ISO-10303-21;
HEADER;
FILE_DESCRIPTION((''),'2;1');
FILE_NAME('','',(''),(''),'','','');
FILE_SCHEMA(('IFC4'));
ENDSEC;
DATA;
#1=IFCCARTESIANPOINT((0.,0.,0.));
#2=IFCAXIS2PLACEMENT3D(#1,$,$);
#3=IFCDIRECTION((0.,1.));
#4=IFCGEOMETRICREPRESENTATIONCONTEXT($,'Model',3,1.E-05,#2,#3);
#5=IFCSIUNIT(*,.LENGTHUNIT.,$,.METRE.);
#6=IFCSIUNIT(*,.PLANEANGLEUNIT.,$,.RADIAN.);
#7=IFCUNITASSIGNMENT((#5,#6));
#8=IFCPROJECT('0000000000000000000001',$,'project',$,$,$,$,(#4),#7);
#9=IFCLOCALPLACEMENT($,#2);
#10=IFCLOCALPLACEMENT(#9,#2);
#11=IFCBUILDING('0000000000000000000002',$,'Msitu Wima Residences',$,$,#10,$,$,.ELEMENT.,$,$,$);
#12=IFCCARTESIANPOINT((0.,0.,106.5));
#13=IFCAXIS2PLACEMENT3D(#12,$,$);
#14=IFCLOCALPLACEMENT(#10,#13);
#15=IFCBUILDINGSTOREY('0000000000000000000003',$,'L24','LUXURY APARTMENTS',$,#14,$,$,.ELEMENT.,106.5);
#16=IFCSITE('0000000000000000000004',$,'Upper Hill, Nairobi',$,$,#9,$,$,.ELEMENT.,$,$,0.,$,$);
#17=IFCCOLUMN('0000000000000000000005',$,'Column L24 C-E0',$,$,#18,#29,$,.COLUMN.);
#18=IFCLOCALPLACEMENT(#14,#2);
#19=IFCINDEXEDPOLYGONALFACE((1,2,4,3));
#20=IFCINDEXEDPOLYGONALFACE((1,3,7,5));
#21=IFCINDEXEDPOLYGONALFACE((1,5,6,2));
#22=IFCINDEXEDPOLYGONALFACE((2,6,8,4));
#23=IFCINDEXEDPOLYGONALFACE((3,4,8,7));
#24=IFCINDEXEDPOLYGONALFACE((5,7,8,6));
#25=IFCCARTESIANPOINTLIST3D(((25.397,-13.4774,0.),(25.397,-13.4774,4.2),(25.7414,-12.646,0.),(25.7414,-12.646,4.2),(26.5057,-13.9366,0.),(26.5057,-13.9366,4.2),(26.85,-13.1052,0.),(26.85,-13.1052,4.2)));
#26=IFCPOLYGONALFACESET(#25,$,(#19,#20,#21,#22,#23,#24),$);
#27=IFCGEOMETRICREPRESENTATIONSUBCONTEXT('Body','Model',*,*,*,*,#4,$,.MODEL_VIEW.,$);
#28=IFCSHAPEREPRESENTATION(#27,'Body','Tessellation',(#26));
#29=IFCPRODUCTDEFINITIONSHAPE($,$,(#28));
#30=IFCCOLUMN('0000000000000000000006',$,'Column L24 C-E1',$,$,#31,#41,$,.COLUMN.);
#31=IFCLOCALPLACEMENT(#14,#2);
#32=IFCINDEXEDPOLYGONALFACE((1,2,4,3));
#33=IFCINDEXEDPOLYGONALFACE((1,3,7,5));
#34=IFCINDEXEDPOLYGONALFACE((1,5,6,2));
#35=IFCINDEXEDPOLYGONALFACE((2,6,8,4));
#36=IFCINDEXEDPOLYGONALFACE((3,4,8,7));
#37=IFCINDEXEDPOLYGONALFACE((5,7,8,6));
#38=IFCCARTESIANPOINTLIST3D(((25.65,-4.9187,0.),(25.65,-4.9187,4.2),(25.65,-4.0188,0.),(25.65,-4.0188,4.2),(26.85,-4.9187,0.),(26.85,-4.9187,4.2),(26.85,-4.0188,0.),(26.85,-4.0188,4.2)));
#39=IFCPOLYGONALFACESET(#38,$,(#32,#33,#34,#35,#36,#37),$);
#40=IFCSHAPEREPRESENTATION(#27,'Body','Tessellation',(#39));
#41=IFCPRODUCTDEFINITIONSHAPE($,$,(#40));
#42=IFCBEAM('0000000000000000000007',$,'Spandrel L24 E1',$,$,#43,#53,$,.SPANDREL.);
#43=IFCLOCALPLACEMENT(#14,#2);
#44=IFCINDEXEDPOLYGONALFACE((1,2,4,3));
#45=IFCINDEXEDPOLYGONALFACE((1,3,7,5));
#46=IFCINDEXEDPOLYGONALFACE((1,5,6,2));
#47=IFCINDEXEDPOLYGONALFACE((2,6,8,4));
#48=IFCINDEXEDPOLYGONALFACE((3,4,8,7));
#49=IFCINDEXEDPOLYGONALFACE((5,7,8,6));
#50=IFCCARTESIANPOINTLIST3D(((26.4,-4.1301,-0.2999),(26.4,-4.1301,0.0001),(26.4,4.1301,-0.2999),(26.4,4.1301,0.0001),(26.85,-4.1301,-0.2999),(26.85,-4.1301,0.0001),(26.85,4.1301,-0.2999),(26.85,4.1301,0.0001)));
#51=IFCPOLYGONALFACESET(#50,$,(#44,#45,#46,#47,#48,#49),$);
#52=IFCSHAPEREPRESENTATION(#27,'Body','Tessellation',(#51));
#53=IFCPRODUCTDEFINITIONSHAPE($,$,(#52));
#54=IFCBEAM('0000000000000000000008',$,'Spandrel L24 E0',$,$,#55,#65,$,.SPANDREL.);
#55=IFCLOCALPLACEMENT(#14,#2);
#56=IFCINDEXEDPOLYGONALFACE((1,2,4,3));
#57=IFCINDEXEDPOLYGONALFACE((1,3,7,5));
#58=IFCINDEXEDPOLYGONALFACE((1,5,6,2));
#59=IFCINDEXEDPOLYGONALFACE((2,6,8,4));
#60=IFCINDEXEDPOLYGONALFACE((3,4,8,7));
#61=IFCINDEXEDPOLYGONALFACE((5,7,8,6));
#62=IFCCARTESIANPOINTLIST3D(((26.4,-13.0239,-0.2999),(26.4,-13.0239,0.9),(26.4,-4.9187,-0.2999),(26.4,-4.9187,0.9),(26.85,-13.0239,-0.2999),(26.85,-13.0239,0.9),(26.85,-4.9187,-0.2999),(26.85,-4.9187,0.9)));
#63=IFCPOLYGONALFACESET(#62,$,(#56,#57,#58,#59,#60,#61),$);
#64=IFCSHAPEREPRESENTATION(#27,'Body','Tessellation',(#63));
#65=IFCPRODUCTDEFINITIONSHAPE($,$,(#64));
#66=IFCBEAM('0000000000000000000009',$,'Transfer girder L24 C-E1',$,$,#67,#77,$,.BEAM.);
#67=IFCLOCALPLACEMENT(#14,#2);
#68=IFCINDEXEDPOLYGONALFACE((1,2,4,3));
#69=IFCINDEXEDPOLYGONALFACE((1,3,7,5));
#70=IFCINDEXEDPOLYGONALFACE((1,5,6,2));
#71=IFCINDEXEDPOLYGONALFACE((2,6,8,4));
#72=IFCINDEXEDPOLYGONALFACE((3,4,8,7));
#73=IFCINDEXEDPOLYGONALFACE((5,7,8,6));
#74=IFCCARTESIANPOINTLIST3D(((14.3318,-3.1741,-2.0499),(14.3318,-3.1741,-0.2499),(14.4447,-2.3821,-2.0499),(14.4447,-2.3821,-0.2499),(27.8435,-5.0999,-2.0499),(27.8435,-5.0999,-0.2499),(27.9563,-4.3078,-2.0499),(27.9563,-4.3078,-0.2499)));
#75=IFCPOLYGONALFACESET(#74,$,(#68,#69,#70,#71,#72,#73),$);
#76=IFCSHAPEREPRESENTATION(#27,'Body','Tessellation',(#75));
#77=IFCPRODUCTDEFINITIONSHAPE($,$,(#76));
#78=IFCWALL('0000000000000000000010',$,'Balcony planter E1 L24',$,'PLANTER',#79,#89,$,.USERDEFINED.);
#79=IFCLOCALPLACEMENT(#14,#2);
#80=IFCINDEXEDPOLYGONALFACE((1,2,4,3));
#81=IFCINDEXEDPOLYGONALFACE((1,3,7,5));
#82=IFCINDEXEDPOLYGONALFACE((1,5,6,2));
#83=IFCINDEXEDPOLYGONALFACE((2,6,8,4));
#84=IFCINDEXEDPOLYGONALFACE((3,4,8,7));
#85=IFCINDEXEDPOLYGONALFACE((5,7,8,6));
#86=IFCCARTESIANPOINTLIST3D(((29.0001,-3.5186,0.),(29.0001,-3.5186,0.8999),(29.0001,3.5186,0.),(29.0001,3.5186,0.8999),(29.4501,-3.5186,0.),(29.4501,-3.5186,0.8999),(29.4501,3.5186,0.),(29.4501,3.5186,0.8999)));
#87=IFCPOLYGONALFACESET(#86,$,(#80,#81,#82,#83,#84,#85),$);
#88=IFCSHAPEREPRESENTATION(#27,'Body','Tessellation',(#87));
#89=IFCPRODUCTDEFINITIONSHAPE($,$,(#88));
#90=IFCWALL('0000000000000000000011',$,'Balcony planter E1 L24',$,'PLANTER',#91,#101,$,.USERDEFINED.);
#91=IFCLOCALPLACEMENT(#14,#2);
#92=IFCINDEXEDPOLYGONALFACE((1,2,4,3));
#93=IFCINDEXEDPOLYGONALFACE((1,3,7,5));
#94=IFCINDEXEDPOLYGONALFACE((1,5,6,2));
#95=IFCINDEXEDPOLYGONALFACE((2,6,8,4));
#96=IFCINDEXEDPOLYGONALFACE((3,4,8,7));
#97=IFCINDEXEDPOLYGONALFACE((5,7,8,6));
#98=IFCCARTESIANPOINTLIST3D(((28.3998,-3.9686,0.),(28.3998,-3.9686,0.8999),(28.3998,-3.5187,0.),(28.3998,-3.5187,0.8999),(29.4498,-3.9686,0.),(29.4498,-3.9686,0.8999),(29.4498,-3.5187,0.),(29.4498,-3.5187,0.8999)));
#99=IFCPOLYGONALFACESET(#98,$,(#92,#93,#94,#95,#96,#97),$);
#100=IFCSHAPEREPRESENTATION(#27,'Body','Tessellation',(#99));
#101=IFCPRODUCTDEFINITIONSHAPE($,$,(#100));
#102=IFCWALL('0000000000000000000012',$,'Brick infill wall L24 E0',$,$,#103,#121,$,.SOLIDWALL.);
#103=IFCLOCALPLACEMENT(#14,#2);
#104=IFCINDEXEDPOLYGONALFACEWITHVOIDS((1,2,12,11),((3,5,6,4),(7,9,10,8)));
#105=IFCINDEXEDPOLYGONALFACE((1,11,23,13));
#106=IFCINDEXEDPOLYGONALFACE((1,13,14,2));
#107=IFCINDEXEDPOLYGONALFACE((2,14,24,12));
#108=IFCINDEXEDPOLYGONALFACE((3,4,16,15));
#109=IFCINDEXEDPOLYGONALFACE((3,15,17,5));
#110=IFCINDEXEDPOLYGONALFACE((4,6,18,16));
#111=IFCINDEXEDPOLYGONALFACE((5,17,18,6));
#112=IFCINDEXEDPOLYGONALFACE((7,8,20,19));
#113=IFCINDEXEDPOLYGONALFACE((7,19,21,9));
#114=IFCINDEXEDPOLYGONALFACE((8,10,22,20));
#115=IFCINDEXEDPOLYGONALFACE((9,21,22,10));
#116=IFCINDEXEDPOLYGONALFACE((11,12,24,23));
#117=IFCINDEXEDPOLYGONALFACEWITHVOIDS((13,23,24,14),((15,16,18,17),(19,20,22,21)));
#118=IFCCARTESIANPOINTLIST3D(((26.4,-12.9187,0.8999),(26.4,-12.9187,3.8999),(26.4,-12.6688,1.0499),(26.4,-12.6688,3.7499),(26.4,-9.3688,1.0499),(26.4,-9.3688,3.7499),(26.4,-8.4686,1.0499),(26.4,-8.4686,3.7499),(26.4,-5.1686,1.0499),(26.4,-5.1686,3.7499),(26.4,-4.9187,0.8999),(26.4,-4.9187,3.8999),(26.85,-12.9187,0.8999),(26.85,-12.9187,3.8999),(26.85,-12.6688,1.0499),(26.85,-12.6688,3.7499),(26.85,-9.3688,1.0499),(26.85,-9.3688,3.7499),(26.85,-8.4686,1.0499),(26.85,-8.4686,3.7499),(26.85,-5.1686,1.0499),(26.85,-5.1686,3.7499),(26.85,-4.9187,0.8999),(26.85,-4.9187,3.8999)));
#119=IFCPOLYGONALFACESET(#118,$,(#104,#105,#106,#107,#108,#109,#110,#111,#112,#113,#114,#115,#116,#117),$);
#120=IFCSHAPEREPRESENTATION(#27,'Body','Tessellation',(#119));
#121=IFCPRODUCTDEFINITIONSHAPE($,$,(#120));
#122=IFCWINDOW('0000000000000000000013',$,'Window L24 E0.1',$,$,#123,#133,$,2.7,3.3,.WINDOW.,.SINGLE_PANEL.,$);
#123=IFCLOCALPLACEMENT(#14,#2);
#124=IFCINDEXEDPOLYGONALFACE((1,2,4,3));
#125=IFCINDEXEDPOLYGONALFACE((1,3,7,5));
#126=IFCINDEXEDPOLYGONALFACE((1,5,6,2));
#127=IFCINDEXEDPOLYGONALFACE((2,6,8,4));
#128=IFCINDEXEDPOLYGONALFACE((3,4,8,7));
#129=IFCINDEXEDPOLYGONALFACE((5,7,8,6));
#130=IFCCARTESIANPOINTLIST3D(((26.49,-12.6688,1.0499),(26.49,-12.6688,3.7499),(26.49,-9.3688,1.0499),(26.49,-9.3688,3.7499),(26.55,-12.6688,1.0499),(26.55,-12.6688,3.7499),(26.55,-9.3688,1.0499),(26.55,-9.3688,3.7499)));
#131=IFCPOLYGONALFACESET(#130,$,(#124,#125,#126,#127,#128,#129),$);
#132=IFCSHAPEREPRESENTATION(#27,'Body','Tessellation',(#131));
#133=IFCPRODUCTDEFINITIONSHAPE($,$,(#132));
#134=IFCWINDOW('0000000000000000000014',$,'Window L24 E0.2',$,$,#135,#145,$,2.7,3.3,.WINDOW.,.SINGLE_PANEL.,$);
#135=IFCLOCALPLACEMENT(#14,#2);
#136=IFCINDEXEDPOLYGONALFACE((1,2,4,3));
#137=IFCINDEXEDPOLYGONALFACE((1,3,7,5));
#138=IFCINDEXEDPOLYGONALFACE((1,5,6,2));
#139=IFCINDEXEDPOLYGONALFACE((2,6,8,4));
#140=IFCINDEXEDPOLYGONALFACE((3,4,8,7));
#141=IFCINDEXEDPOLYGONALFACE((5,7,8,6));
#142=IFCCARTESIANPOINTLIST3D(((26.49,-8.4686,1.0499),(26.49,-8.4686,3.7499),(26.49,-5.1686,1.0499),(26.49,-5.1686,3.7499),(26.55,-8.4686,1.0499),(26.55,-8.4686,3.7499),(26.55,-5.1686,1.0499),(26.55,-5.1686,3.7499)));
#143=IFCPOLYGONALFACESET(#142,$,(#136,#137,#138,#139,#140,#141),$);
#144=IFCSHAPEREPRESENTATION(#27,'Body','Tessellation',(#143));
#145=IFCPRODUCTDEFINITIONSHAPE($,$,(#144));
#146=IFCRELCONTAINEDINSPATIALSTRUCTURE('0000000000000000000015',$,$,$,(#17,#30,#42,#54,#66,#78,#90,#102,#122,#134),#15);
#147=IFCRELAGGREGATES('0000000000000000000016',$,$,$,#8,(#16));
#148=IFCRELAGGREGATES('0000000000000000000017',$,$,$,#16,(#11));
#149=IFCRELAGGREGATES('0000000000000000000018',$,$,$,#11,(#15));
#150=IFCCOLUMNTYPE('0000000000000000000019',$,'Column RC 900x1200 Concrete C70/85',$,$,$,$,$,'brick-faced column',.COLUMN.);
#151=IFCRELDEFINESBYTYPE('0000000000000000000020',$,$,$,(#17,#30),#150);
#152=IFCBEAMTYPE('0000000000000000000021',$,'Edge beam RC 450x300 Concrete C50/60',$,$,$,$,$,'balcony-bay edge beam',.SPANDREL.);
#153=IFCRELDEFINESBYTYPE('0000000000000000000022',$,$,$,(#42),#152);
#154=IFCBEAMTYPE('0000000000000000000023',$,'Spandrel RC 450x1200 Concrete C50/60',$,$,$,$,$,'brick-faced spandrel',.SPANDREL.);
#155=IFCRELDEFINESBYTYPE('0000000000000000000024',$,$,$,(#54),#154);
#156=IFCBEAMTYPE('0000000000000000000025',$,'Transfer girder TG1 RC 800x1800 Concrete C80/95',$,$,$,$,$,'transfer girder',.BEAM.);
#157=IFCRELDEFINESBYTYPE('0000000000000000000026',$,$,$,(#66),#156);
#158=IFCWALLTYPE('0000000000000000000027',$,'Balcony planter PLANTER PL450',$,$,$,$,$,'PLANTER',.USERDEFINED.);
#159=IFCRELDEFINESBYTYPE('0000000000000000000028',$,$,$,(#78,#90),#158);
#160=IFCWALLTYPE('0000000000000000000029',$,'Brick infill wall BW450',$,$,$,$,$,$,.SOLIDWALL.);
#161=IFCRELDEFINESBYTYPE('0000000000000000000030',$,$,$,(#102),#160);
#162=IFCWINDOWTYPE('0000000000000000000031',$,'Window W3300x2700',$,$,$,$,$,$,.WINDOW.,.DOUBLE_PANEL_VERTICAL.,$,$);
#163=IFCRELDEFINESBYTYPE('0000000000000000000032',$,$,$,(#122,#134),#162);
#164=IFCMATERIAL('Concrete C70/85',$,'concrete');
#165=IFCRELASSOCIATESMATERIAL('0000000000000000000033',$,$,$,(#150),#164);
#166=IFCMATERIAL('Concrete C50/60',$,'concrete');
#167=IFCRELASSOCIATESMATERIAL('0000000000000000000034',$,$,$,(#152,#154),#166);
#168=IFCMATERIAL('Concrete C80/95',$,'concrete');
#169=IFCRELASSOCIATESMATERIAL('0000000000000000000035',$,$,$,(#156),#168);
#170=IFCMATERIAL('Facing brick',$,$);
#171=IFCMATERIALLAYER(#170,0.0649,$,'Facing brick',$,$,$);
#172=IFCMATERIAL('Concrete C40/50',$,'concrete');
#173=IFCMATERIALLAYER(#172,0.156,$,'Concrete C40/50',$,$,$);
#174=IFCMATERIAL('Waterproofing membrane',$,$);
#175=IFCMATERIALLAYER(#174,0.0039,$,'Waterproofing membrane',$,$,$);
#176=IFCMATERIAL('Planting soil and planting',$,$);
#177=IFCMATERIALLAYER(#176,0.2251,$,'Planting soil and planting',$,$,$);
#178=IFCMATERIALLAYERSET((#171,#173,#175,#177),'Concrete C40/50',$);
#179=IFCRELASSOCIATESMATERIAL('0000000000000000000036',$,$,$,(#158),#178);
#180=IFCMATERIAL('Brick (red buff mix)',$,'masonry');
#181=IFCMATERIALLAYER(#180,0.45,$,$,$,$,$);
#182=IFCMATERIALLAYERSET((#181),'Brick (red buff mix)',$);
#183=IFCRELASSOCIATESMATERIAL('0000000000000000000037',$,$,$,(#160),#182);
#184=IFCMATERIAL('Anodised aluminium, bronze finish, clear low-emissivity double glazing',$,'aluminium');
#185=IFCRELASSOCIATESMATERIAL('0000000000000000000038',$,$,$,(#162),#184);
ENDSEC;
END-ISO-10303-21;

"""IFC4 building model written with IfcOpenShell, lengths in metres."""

from ifc_helpers import new_model, si_unit, direction, frame, frame_2d, origin, origin_2d, place, context, subcontext, project, spatial, rectangle, extrude, material, layer, layer_set, material_profile, profile_set, type_object, element, fill, save


model = new_model("IFC4")

# Units and contexts
model_context = context("Model", 3, precision=1e-05, world=origin(), true_north=direction((0.0, 1.0)))
body_context = subcontext(model_context, "Body", "Model", "MODEL_VIEW")
ifc_project = project(units=[si_unit("LENGTHUNIT", "METRE"), si_unit("PLANEANGLEUNIT", "RADIAN")], contexts=[model_context])

# Site, building, storey
site_placement = place(None, origin())
site = spatial("IfcSite", under=ifc_project, at=site_placement, Name="Upper Hill, Nairobi", CompositionType="ELEMENT", RefElevation=0.0)
building_placement = place(site_placement, origin())
building = spatial("IfcBuilding", under=site, at=building_placement, Name="Msitu Wima Residences", CompositionType="ELEMENT")
storey_placement = place(building_placement, frame((0.0, 0.0, 106.5)))
storey = spatial("IfcBuildingStorey", under=building, at=storey_placement, Name="L24", Description="LUXURY APARTMENTS", CompositionType="ELEMENT", Elevation=106.5)

# Columns
ifc_material_1 = material(Name="Concrete C70/85", Category="concrete")
ifc_material_profile_1 = material_profile(ifc_material_1, rectangle(XDim=0.8999, YDim=1.2, at=origin_2d()), Name="RC 900x1200")
ifc_profile_set_1 = profile_set([ifc_material_profile_1], Name="Concrete C70/85")
column_type = type_object("IfcColumnType", Name="Column RC 900x1200 Concrete C70/85", ElementType="brick-faced column", PredefinedType="COLUMN", material=ifc_profile_set_1)
for number, where, z_axis, x_axis, name in (
    (1, (26.1235, -13.2913, 0.0), (0.0, 0.0, 1.0), (0.382683, 0.92388, 0.0), "Column L24 C-E0"),
    (2, (26.25, -4.4688, 0.0), (0.0, 0.0, 1.0), (0.0, 1.0, 0.0), "Column L24 C-E1"),
):
    element("IfcColumn", number, at=place(storey_placement, frame(where, z_axis=z_axis, x_axis=x_axis)), inside=storey, type_object=column_type, Name=name, PredefinedType="COLUMN", context=body_context, shape_type="SweptSolid", body=[
        extrude(rectangle(XDim=0.8999, YDim=1.2, at=origin_2d()), origin(), (0.0, 0.0, 1.0), 4.2),
    ])

# Beams
ifc_material_2 = material(Name="Concrete C50/60", Category="concrete")
ifc_material_profile_2 = material_profile(ifc_material_2, rectangle(XDim=0.45, YDim=0.3, at=origin_2d()), Name="RC 450x300")
ifc_profile_set_2 = profile_set([ifc_material_profile_2], Name="Concrete C50/60")
beam_type_1 = type_object("IfcBeamType", Name="Edge beam RC 450x300 Concrete C50/60", ElementType="balcony-bay edge beam", PredefinedType="SPANDREL", material=ifc_profile_set_2)
beam_1_placement = place(storey_placement, frame((26.625, -4.1301, -0.1499), z_axis=(0.0, 1.0, 0.0), x_axis=(-1.0, 0.0, 0.0)))
element("IfcBeam", 3, at=beam_1_placement, inside=storey, type_object=beam_type_1, Name="Spandrel L24 E1", PredefinedType="SPANDREL", context=body_context, shape_type="SweptSolid", body=[
    extrude(rectangle(XDim=0.45, YDim=0.3, at=origin_2d()), origin(), (0.0, 0.0, 1.0), 8.2603),
])
ifc_material_profile_3 = material_profile(ifc_material_2, rectangle(XDim=0.45, YDim=1.2, at=origin_2d()), Name="RC 450x1200")
ifc_profile_set_3 = profile_set([ifc_material_profile_3], Name="Concrete C50/60")
beam_type_2 = type_object("IfcBeamType", Name="Spandrel RC 450x1200 Concrete C50/60", ElementType="brick-faced spandrel", PredefinedType="SPANDREL", material=ifc_profile_set_3)
beam_2_placement = place(storey_placement, frame((26.625, -13.0239, 0.3), z_axis=(0.0, 1.0, 0.0), x_axis=(-1.0, 0.0, 0.0)))
element("IfcBeam", 4, at=beam_2_placement, inside=storey, type_object=beam_type_2, Name="Spandrel L24 E0", PredefinedType="SPANDREL", context=body_context, shape_type="SweptSolid", body=[
    extrude(rectangle(XDim=0.45, YDim=1.2, at=origin_2d()), origin(), (0.0, 0.0, 1.0), 8.1052),
])
ifc_material_3 = material(Name="Concrete C80/95", Category="concrete")
ifc_material_profile_4 = material_profile(ifc_material_3, rectangle(XDim=0.8, YDim=1.8, at=origin_2d()), Name="RC 800x1800")
ifc_profile_set_4 = profile_set([ifc_material_profile_4], Name="Concrete C80/95")
beam_type_3 = type_object("IfcBeamType", Name="Transfer girder TG1 RC 800x1800 Concrete C80/95", ElementType="transfer girder", PredefinedType="BEAM", material=ifc_profile_set_4)
beam_3_placement = place(storey_placement, frame((27.8999, -4.7039, -1.1499), z_axis=(-0.989995, 0.141101, 0.0), x_axis=(-0.141101, -0.989995, 0.0)))
element("IfcBeam", 5, at=beam_3_placement, inside=storey, type_object=beam_type_3, Name="Transfer girder L24 C-E1", PredefinedType="BEAM", context=body_context, shape_type="SweptSolid", body=[
    extrude(rectangle(XDim=0.8, YDim=1.8, at=origin_2d()), origin(), (0.0, 0.0, 1.0), 13.6482),
])

# Walls
ifc_material_4 = material(Name="Facing brick")
ifc_layer_1 = layer(ifc_material_4, 0.0649, Name="Facing brick")
ifc_material_5 = material(Name="Concrete C40/50", Category="concrete")
ifc_layer_2 = layer(ifc_material_5, 0.156, Name="Concrete C40/50")
ifc_material_6 = material(Name="Waterproofing membrane")
ifc_layer_3 = layer(ifc_material_6, 0.0039, Name="Waterproofing membrane")
ifc_material_7 = material(Name="Planting soil and planting")
ifc_layer_4 = layer(ifc_material_7, 0.2251, Name="Planting soil and planting")
ifc_layer_set_1 = layer_set([ifc_layer_1, ifc_layer_2, ifc_layer_3, ifc_layer_4], Name="Concrete C40/50")
wall_type_1 = type_object("IfcWallType", Name="Balcony planter PLANTER PL450", ElementType="PLANTER", PredefinedType="USERDEFINED", material=ifc_layer_set_1)
wall_1_placement = place(storey_placement, frame((29.2251, -3.5186, 0.0), z_axis=(0.0, 0.0, 1.0), x_axis=(0.0, 1.0, 0.0)))
element("IfcWall", 6, at=wall_1_placement, inside=storey, type_object=wall_type_1, Name="Balcony planter E1 L24", ObjectType="PLANTER", PredefinedType="USERDEFINED", context=body_context, shape_type="SweptSolid", body=[
    extrude(rectangle(XDim=7.0371, YDim=0.45, at=frame_2d((3.5186, 0.0))), origin(), (0.0, 0.0, 1.0), 0.8999),
])
wall_2_placement = place(storey_placement, frame((28.3999, -3.7437, 0.0), z_axis=(0.0, 0.0, 1.0), x_axis=(1.0, 0.0, 0.0)))
element("IfcWall", 7, at=wall_2_placement, inside=storey, type_object=wall_type_1, Name="Balcony planter E1 L24", ObjectType="PLANTER", PredefinedType="USERDEFINED", context=body_context, shape_type="SweptSolid", body=[
    extrude(rectangle(XDim=1.05, YDim=0.45, at=frame_2d((0.5249, 0.0))), origin(), (0.0, 0.0, 1.0), 0.8999),
])

# Wall, openings, windows
ifc_material_8 = material(Name="Brick (red buff mix)", Category="masonry")
ifc_layer_5 = layer(ifc_material_8, 0.45)
ifc_layer_set_2 = layer_set([ifc_layer_5], Name="Brick (red buff mix)")
wall_type_2 = type_object("IfcWallType", Name="Brick infill wall BW450", PredefinedType="SOLIDWALL", material=ifc_layer_set_2)
wall_3_placement = place(storey_placement, frame((26.625, -12.9187, 0.8999), z_axis=(0.0, 0.0, 1.0), x_axis=(0.0, 1.0, 0.0)))
wall_3 = element("IfcWall", 8, at=wall_3_placement, inside=storey, type_object=wall_type_2, Name="Brick infill wall L24 E0", PredefinedType="SOLIDWALL", context=body_context, shape_type="SweptSolid", body=[
    extrude(rectangle(XDim=8.0, YDim=0.45, at=frame_2d((4.0, 0.0))), origin(), (0.0, 0.0, 1.0), 3.0),
])
opening_1_placement = place(wall_3_placement, frame((0.25, 0.0, 0.1499)))
opening_1 = element("IfcOpeningElement", 9, at=opening_1_placement, cuts=wall_3, PredefinedType="OPENING", context=body_context, shape_type="SweptSolid", body=[
    extrude(rectangle(XDim=3.3, YDim=2.7, at=frame_2d((1.6499, 1.3501))), frame((0.0, 0.2349, 0.0), z_axis=(0.0, -1.0, 0.0), x_axis=(1.0, 0.0, 0.0)), (0.0, 0.0, 1.0), 0.47),
])
opening_2_placement = place(wall_3_placement, frame((4.4502, 0.0, 0.1499)))
opening_2 = element("IfcOpeningElement", 10, at=opening_2_placement, cuts=wall_3, PredefinedType="OPENING", context=body_context, shape_type="SweptSolid", body=[
    extrude(rectangle(XDim=3.3, YDim=2.7, at=frame_2d((1.6499, 1.3501))), frame((0.0, 0.2349, 0.0), z_axis=(0.0, -1.0, 0.0), x_axis=(1.0, 0.0, 0.0)), (0.0, 0.0, 1.0), 0.47),
])
ifc_material_9 = material(Name="Anodised aluminium, bronze finish, clear low-emissivity double glazing", Category="aluminium")
window_type = type_object("IfcWindowType", Name="Window W3300x2700", PartitioningType="DOUBLE_PANEL_VERTICAL", PredefinedType="WINDOW", material=ifc_material_9)
window_1_placement = place(opening_1_placement, origin())
window_1 = element("IfcWindow", 11, at=window_1_placement, inside=storey, type_object=window_type, Name="Window L24 E0.1", OverallHeight=2.7, OverallWidth=3.3, PartitioningType="SINGLE_PANEL", PredefinedType="WINDOW", context=body_context, shape_type="SweptSolid", body=[
    extrude(rectangle(XDim=3.3, YDim=2.7, at=frame_2d((1.6499, 1.3501))), frame((0.0, 0.135, 0.0), z_axis=(0.0, -1.0, 0.0), x_axis=(1.0, 0.0, 0.0)), (0.0, 0.0, 1.0), 0.0601),
])
fill(opening_1, window_1)
window_2_placement = place(opening_2_placement, origin())
window_2 = element("IfcWindow", 12, at=window_2_placement, inside=storey, type_object=window_type, Name="Window L24 E0.2", OverallHeight=2.7, OverallWidth=3.3, PartitioningType="SINGLE_PANEL", PredefinedType="WINDOW", context=body_context, shape_type="SweptSolid", body=[
    extrude(rectangle(XDim=3.3, YDim=2.7, at=frame_2d((1.6499, 1.3501))), frame((0.0, 0.135, 0.0), z_axis=(0.0, -1.0, 0.0), x_axis=(1.0, 0.0, 0.0)), (0.0, 0.0, 1.0), 0.0601),
])
fill(opening_2, window_2)

save(model, "model.ifc")
